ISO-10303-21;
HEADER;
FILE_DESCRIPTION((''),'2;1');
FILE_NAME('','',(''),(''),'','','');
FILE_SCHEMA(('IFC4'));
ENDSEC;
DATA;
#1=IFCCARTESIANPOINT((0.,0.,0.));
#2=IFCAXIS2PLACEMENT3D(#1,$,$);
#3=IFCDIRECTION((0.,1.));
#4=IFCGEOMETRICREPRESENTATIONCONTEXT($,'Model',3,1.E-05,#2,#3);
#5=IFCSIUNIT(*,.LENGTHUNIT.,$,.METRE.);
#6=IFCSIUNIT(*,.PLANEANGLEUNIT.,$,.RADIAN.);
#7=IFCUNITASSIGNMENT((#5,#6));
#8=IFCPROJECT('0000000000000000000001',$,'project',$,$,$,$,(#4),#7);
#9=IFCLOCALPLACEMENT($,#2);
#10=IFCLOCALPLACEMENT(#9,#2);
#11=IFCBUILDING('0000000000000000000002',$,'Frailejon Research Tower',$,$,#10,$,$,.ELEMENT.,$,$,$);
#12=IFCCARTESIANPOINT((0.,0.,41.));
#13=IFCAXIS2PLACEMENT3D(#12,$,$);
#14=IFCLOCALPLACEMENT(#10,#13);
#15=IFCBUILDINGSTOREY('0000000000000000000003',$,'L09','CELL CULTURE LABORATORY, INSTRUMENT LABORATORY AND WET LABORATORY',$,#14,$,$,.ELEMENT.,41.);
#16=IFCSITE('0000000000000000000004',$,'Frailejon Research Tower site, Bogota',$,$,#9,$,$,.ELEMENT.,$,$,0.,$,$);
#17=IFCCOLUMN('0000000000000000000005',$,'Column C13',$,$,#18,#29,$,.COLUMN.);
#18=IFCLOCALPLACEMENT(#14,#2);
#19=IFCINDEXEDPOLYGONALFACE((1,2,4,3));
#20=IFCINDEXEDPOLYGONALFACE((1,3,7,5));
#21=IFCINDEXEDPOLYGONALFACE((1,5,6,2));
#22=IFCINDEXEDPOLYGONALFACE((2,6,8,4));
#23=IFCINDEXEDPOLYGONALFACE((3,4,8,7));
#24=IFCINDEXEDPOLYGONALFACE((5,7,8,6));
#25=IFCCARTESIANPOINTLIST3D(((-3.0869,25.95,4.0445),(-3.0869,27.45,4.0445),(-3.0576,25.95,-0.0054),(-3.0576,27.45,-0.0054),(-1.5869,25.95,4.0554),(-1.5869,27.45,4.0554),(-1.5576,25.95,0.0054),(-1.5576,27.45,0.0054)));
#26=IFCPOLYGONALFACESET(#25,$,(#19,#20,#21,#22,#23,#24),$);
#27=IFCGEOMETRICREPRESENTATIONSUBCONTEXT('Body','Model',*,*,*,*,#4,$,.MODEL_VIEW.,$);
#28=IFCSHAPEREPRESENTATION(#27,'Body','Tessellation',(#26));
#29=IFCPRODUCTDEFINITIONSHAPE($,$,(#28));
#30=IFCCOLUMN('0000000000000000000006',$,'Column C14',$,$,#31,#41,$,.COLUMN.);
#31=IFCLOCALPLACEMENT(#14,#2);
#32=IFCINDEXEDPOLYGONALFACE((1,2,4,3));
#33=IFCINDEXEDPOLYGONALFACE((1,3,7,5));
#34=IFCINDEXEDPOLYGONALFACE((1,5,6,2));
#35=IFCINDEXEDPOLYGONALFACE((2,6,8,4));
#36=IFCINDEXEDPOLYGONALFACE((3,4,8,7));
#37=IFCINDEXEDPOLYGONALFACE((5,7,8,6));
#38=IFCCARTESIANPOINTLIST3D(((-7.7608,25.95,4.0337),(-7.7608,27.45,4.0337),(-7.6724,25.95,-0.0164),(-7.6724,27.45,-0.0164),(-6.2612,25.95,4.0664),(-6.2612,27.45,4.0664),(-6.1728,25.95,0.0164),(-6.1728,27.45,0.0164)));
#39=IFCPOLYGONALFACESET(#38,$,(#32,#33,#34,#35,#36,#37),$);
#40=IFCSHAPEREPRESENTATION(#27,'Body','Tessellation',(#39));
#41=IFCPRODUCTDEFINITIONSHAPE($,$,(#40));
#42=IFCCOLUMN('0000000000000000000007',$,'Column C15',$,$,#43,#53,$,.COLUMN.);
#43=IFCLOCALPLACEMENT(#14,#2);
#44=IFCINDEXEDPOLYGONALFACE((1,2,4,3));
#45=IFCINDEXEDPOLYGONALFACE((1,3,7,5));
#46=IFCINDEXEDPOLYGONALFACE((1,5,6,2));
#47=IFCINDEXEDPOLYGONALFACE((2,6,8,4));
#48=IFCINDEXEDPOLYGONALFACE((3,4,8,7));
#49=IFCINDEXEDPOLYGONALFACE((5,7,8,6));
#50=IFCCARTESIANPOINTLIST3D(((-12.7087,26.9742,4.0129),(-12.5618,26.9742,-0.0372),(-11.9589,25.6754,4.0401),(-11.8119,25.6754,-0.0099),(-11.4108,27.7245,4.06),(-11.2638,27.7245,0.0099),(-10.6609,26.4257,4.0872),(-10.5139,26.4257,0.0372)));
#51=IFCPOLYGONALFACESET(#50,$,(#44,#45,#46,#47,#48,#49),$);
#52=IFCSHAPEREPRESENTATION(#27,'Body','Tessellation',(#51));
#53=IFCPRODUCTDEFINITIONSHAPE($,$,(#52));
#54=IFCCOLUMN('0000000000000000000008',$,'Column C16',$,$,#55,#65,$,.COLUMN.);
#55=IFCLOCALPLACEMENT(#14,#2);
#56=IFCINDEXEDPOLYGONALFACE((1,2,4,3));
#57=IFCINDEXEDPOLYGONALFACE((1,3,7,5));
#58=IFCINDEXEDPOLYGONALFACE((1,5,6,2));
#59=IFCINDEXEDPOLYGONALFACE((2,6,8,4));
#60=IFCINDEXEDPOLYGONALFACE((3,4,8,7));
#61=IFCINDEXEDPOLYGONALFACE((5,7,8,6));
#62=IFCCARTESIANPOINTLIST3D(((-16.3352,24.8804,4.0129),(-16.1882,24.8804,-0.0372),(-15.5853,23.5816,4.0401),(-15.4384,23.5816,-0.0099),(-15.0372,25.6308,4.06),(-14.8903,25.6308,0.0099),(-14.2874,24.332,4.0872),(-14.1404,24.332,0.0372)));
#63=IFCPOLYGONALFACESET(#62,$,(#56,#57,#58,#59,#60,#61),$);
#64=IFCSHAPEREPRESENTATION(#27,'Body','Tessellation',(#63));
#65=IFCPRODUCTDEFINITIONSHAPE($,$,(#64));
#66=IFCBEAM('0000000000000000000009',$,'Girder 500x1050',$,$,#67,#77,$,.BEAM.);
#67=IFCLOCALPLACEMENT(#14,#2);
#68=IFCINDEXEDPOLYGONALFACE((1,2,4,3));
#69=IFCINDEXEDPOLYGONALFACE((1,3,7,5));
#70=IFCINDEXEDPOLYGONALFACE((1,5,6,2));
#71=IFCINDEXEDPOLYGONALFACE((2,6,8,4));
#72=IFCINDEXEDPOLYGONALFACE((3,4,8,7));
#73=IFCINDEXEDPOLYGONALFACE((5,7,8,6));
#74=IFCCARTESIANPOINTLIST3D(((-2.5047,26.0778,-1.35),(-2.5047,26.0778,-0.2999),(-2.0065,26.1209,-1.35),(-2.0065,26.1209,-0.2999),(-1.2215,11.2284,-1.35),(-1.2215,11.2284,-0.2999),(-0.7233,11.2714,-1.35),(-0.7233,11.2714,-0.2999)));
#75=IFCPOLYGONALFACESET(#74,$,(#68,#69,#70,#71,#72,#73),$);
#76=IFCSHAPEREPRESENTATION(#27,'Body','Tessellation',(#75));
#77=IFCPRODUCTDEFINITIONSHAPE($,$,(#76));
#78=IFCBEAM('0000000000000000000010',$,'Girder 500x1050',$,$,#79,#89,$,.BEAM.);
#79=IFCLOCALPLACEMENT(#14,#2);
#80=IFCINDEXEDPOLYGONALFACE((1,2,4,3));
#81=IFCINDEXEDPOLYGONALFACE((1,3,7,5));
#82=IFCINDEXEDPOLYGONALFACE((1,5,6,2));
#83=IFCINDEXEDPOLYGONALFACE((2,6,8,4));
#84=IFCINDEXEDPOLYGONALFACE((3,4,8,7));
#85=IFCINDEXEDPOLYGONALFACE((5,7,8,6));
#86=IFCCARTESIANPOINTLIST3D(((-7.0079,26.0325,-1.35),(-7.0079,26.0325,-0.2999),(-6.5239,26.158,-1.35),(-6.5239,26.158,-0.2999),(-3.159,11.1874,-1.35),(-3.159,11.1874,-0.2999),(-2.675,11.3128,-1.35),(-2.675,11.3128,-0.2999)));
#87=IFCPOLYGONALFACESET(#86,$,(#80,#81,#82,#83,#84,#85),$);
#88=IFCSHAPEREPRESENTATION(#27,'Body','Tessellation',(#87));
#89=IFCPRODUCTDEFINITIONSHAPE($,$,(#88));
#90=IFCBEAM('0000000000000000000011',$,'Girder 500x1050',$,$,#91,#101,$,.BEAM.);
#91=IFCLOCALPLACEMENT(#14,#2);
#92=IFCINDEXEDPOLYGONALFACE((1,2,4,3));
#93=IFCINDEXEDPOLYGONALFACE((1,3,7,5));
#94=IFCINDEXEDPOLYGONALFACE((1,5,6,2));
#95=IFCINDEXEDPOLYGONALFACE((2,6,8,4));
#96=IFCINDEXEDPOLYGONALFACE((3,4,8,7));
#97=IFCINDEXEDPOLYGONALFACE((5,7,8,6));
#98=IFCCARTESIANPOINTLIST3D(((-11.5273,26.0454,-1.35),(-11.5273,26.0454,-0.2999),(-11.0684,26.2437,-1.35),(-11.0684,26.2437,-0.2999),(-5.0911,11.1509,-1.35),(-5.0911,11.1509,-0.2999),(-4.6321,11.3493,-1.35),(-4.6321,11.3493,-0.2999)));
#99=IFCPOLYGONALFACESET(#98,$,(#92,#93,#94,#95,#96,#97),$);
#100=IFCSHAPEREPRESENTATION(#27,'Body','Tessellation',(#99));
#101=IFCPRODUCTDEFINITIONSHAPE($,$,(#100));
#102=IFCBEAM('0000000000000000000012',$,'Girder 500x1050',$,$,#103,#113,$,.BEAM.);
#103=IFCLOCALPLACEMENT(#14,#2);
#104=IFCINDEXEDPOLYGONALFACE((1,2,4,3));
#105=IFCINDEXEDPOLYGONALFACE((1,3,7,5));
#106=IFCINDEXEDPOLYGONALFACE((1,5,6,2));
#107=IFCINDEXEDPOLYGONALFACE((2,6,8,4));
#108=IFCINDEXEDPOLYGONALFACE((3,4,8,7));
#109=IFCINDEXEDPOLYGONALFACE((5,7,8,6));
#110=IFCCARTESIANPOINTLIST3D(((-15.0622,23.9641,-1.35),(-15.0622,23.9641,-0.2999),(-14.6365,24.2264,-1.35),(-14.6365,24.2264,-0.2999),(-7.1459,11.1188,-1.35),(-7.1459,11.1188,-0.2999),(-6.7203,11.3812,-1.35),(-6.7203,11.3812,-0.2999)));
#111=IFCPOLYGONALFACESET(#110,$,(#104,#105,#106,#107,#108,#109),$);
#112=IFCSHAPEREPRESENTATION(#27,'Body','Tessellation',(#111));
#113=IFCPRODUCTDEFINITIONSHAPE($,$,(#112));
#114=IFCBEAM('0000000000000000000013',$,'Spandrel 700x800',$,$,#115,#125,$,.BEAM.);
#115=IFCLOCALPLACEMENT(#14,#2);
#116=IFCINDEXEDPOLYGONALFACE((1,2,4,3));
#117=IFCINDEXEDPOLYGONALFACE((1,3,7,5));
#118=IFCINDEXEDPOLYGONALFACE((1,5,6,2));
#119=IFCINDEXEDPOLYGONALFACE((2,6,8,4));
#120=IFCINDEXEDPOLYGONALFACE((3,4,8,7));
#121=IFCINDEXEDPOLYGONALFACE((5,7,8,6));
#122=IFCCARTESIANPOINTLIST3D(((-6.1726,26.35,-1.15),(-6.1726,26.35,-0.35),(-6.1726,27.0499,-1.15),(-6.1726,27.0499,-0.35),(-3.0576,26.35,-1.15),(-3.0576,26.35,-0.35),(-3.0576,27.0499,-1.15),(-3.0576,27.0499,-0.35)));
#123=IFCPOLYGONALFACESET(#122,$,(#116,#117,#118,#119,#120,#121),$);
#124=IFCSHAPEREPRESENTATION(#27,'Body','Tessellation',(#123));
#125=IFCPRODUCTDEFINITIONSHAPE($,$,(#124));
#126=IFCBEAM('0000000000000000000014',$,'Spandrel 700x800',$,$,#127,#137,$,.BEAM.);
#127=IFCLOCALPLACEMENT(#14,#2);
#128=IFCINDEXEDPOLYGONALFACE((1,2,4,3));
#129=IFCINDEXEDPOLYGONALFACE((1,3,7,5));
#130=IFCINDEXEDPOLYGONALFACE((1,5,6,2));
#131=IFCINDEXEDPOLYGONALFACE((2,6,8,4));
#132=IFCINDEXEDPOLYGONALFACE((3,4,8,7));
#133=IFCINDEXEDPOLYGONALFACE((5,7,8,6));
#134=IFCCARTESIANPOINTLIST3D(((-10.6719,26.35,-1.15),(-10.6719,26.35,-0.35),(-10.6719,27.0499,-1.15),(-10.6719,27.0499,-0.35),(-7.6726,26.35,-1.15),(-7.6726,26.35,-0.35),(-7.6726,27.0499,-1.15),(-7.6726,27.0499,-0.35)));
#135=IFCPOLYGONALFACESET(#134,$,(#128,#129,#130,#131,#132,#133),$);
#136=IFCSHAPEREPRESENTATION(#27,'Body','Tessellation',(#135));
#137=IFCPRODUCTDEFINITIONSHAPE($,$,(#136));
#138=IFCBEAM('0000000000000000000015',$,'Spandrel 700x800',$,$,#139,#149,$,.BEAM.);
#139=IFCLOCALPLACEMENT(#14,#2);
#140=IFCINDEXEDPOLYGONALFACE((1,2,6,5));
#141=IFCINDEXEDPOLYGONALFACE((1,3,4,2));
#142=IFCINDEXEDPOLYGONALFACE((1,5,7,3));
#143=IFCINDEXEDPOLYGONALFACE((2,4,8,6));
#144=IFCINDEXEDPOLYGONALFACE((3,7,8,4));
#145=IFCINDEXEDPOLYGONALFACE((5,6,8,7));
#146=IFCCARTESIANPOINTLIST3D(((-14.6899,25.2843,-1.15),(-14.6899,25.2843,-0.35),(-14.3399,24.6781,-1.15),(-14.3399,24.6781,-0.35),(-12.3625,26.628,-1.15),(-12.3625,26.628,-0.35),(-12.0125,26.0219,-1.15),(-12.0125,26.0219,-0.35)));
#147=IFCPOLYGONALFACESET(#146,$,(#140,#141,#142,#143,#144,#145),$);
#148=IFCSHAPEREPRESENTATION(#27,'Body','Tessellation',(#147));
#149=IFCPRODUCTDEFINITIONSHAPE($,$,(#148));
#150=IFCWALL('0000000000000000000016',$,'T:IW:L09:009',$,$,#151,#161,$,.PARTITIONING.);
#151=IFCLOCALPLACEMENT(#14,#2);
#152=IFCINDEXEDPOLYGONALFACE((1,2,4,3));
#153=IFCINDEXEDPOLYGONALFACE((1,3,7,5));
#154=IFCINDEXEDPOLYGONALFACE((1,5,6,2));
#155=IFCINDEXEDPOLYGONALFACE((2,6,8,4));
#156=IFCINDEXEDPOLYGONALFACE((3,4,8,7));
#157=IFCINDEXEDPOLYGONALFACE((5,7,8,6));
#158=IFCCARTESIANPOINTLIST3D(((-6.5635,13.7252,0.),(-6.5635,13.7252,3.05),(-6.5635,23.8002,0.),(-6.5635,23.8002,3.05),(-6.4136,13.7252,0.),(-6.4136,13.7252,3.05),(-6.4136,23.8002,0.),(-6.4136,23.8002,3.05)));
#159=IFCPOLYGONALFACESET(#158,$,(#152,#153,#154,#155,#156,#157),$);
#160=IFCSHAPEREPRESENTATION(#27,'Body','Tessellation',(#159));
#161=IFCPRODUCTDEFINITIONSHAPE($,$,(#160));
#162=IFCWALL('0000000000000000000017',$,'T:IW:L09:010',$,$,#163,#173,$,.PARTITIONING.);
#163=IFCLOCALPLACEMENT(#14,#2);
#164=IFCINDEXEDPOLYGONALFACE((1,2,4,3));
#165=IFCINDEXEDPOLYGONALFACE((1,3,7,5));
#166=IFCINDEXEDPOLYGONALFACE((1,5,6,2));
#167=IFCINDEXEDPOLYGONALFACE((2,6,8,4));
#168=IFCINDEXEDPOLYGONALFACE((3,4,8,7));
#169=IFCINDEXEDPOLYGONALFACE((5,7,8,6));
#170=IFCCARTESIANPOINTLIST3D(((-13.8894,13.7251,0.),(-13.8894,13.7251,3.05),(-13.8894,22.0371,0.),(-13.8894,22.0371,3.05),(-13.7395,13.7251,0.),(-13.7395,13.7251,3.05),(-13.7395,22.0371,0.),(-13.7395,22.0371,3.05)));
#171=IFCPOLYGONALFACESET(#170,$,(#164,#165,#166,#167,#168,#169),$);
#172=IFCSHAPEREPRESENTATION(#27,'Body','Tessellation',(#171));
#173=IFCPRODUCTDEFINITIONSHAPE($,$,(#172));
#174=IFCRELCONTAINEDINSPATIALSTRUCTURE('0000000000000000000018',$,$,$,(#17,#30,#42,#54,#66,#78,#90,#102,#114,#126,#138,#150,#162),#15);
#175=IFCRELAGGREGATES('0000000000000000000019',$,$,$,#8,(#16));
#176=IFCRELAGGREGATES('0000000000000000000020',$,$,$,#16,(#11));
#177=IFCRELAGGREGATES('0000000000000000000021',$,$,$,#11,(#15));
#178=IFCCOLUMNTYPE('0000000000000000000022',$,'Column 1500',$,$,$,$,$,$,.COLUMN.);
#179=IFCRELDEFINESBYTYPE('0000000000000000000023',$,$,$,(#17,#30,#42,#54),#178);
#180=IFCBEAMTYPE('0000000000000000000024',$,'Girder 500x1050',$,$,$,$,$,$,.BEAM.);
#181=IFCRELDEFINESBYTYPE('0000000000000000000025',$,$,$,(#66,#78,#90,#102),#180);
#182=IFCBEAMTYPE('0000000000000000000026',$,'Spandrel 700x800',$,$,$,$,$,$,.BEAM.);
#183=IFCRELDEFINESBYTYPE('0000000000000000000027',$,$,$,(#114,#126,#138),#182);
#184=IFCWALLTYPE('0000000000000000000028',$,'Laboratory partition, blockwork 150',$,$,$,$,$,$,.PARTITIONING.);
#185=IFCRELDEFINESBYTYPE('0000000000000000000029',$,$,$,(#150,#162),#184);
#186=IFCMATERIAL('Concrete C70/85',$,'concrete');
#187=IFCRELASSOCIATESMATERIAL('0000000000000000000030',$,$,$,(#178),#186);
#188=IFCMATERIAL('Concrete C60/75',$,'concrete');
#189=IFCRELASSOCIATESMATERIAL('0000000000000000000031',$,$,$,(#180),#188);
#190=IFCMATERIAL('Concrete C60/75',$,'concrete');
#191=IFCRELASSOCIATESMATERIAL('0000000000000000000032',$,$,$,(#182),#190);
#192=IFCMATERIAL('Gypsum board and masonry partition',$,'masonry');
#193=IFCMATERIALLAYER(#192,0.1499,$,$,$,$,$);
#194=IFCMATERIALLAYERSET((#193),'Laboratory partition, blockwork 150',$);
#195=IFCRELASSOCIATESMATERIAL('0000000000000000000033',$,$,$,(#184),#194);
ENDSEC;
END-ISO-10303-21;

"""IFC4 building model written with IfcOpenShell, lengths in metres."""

from ifc_helpers import new_model, si_unit, direction, frame, frame_2d, origin, origin_2d, place, context, subcontext, project, spatial, rectangle, extrude, material, layer, layer_set, material_profile, profile_set, type_object, element, save


model = new_model("IFC4")

# Units and contexts
model_context = context("Model", 3, precision=1e-05, world=origin(), true_north=direction((0.0, 1.0)))
body_context = subcontext(model_context, "Body", "Model", "MODEL_VIEW")
ifc_project = project(units=[si_unit("LENGTHUNIT", "METRE"), si_unit("PLANEANGLEUNIT", "RADIAN")], contexts=[model_context])

# Site, building, storey
site_placement = place(None, origin())
site = spatial("IfcSite", under=ifc_project, at=site_placement, Name="Frailejon Research Tower site, Bogota", CompositionType="ELEMENT", RefElevation=0.0)
building_placement = place(site_placement, origin())
building = spatial("IfcBuilding", under=site, at=building_placement, Name="Frailejon Research Tower", CompositionType="ELEMENT")
storey_placement = place(building_placement, frame((0.0, 0.0, 41.0)))
storey = spatial("IfcBuildingStorey", under=building, at=storey_placement, Name="L09", Description="CELL CULTURE LABORATORY, INSTRUMENT LABORATORY AND WET LABORATORY", CompositionType="ELEMENT", Elevation=41.0)

# Columns
ifc_material_1 = material(Name="Concrete C70/85", Category="concrete")
ifc_material_profile_1 = material_profile(ifc_material_1, rectangle(XDim=1.5, YDim=1.5, at=origin_2d()), Name="Column 1500")
ifc_profile_set_1 = profile_set([ifc_material_profile_1], Name="Concrete C70/85")
column_type = type_object("IfcColumnType", Name="Column 1500", PredefinedType="COLUMN", material=ifc_profile_set_1)
column_1_placement = place(storey_placement, frame((-2.3076, 26.7, 0.0), z_axis=(-0.007234, 0.0, 0.999974), x_axis=(-0.999974, 0.0, -0.007234)))
element("IfcColumn", 1, at=column_1_placement, inside=storey, type_object=column_type, Name="Column C13", PredefinedType="COLUMN", context=body_context, shape_type="SweptSolid", body=[
    extrude(rectangle(XDim=1.5, YDim=1.5, at=origin_2d()), origin(), (0.0, 0.0, 1.0), 4.05),
])
column_2_placement = place(storey_placement, frame((-6.9226, 26.7, 0.0), z_axis=(-0.021816, 0.0, 0.999762), x_axis=(-0.999762, 0.0, -0.021816)))
element("IfcColumn", 2, at=column_2_placement, inside=storey, type_object=column_type, Name="Column C14", PredefinedType="COLUMN", context=body_context, shape_type="SweptSolid", body=[
    extrude(rectangle(XDim=1.5, YDim=1.5, at=origin_2d()), origin(), (0.0, 0.0, 1.0), 4.051),
])
for number, where, z_axis, x_axis, name in (
    (3, (-11.5378, 26.7, 0.0), (-0.036265, 0.0, 0.999342), (-0.865314, -0.500246, -0.031401), "Column C15"),
    (4, (-15.1643, 24.6062, 0.0), (-0.036265, 0.0, 0.999342), (-0.865314, -0.500246, -0.031401), "Column C16"),
):
    element("IfcColumn", number, at=place(storey_placement, frame(where, z_axis=z_axis, x_axis=x_axis)), inside=storey, type_object=column_type, Name=name, PredefinedType="COLUMN", context=body_context, shape_type="SweptSolid", body=[
        extrude(rectangle(XDim=1.5, YDim=1.5, at=origin_2d()), origin(), (0.0, 0.0, 1.0), 4.0527),
    ])

# Beams
ifc_material_2 = material(Name="Concrete C60/75", Category="concrete")
ifc_material_profile_2 = material_profile(ifc_material_2, rectangle(XDim=0.5, YDim=1.05, at=origin_2d()), Name="Girder 500x1050")
ifc_profile_set_2 = profile_set([ifc_material_profile_2], Name="Concrete C60/75")
beam_type_1 = type_object("IfcBeamType", Name="Girder 500x1050", PredefinedType="BEAM", material=ifc_profile_set_2)
beam_1_placement = place(storey_placement, frame((-2.2556, 26.0994, -0.825), z_axis=(0.086094, -0.996287, 0.0), x_axis=(0.996287, 0.086094, 0.0)))
element("IfcBeam", 5, at=beam_1_placement, inside=storey, type_object=beam_type_1, Name="Girder 500x1050", PredefinedType="BEAM", context=body_context, shape_type="SweptSolid", body=[
    extrude(rectangle(XDim=0.5, YDim=1.05, at=origin_2d()), origin(), (0.0, 0.0, 1.0), 14.9048),
])
beam_2_placement = place(storey_placement, frame((-6.7659, 26.0952, -0.825), z_axis=(0.250969, -0.967995, 0.0), x_axis=(0.967995, 0.250969, 0.0)))
element("IfcBeam", 6, at=beam_2_placement, inside=storey, type_object=beam_type_1, Name="Girder 500x1050", PredefinedType="BEAM", context=body_context, shape_type="SweptSolid", body=[
    extrude(rectangle(XDim=0.5, YDim=1.05, at=origin_2d()), origin(), (0.0, 0.0, 1.0), 15.3359),
])
beam_3_placement = place(storey_placement, frame((-11.2979, 26.1445, -0.825), z_axis=(0.396672, -0.91796, 0.0), x_axis=(0.91796, 0.396672, 0.0)))
element("IfcBeam", 7, at=beam_3_placement, inside=storey, type_object=beam_type_1, Name="Girder 500x1050", PredefinedType="BEAM", context=body_context, shape_type="SweptSolid", body=[
    extrude(rectangle(XDim=0.5, YDim=1.05, at=origin_2d()), origin(), (0.0, 0.0, 1.0), 16.2256),
])
beam_4_placement = place(storey_placement, frame((-14.8494, 24.0952, -0.825), z_axis=(0.524651, -0.851318, 0.0), x_axis=(0.851318, 0.524651, 0.0)))
element("IfcBeam", 8, at=beam_4_placement, inside=storey, type_object=beam_type_1, Name="Girder 500x1050", PredefinedType="BEAM", context=body_context, shape_type="SweptSolid", body=[
    extrude(rectangle(XDim=0.5, YDim=1.05, at=origin_2d()), origin(), (0.0, 0.0, 1.0), 15.0886),
])
ifc_material_3 = material(Name="Concrete C60/75", Category="concrete")
ifc_material_profile_3 = material_profile(ifc_material_3, rectangle(XDim=0.7, YDim=0.8, at=origin_2d()), Name="Spandrel 700x800")
ifc_profile_set_3 = profile_set([ifc_material_profile_3], Name="Concrete C60/75")
beam_type_2 = type_object("IfcBeamType", Name="Spandrel 700x800", PredefinedType="BEAM", material=ifc_profile_set_3)
beam_5_placement = place(storey_placement, frame((-3.0576, 26.7, -0.75), z_axis=(-1.0, 0.0, 0.0), x_axis=(0.0, -1.0, 0.0)))
element("IfcBeam", 9, at=beam_5_placement, inside=storey, type_object=beam_type_2, Name="Spandrel 700x800", PredefinedType="BEAM", context=body_context, shape_type="SweptSolid", body=[
    extrude(rectangle(XDim=0.7, YDim=0.8, at=origin_2d()), origin(), (0.0, 0.0, 1.0), 3.115),
])
beam_6_placement = place(storey_placement, frame((-7.6726, 26.7, -0.75), z_axis=(-1.0, 0.0, 0.0), x_axis=(0.0, -1.0, 0.0)))
element("IfcBeam", 10, at=beam_6_placement, inside=storey, type_object=beam_type_2, Name="Spandrel 700x800", PredefinedType="BEAM", context=body_context, shape_type="SweptSolid", body=[
    extrude(rectangle(XDim=0.7, YDim=0.8, at=origin_2d()), origin(), (0.0, 0.0, 1.0), 2.9993),
])
beam_7_placement = place(storey_placement, frame((-12.1875, 26.325, -0.75), z_axis=(-0.866021, -0.500008, 0.0), x_axis=(0.500008, -0.866021, 0.0)))
element("IfcBeam", 11, at=beam_7_placement, inside=storey, type_object=beam_type_2, Name="Spandrel 700x800", PredefinedType="BEAM", context=body_context, shape_type="SweptSolid", body=[
    extrude(rectangle(XDim=0.7, YDim=0.8, at=origin_2d()), origin(), (0.0, 0.0, 1.0), 2.6875),
])

# Walls
ifc_material_4 = material(Name="Gypsum board and masonry partition", Category="masonry")
ifc_layer_1 = layer(ifc_material_4, 0.1499)
ifc_layer_set_1 = layer_set([ifc_layer_1], Name="Laboratory partition, blockwork 150")
wall_type_1 = type_object("IfcWallType", Name="Laboratory partition, blockwork 150", PredefinedType="PARTITIONING", material=ifc_layer_set_1)
wall_1_placement = place(storey_placement, frame((-6.4885, 13.7251, 0.0), z_axis=(0.0, 0.0, 1.0), x_axis=(0.0, 1.0, 0.0)))
element("IfcWall", 12, at=wall_1_placement, inside=storey, type_object=wall_type_1, Name="T:IW:L09:009", PredefinedType="PARTITIONING", context=body_context, shape_type="SweptSolid", body=[
    extrude(rectangle(XDim=10.075, YDim=0.1499, at=frame_2d((5.0376, 0.0))), origin(), (0.0, 0.0, 1.0), 3.05),
])
wall_2_placement = place(storey_placement, frame((-13.8145, 13.7251, 0.0), z_axis=(0.0, 0.0, 1.0), x_axis=(0.0, 1.0, 0.0)))
element("IfcWall", 13, at=wall_2_placement, inside=storey, type_object=wall_type_1, Name="T:IW:L09:010", PredefinedType="PARTITIONING", context=body_context, shape_type="SweptSolid", body=[
    extrude(rectangle(XDim=8.312, YDim=0.1499, at=frame_2d((4.156, 0.0))), origin(), (0.0, 0.0, 1.0), 3.05),
])

save(model, "model.ifc")
